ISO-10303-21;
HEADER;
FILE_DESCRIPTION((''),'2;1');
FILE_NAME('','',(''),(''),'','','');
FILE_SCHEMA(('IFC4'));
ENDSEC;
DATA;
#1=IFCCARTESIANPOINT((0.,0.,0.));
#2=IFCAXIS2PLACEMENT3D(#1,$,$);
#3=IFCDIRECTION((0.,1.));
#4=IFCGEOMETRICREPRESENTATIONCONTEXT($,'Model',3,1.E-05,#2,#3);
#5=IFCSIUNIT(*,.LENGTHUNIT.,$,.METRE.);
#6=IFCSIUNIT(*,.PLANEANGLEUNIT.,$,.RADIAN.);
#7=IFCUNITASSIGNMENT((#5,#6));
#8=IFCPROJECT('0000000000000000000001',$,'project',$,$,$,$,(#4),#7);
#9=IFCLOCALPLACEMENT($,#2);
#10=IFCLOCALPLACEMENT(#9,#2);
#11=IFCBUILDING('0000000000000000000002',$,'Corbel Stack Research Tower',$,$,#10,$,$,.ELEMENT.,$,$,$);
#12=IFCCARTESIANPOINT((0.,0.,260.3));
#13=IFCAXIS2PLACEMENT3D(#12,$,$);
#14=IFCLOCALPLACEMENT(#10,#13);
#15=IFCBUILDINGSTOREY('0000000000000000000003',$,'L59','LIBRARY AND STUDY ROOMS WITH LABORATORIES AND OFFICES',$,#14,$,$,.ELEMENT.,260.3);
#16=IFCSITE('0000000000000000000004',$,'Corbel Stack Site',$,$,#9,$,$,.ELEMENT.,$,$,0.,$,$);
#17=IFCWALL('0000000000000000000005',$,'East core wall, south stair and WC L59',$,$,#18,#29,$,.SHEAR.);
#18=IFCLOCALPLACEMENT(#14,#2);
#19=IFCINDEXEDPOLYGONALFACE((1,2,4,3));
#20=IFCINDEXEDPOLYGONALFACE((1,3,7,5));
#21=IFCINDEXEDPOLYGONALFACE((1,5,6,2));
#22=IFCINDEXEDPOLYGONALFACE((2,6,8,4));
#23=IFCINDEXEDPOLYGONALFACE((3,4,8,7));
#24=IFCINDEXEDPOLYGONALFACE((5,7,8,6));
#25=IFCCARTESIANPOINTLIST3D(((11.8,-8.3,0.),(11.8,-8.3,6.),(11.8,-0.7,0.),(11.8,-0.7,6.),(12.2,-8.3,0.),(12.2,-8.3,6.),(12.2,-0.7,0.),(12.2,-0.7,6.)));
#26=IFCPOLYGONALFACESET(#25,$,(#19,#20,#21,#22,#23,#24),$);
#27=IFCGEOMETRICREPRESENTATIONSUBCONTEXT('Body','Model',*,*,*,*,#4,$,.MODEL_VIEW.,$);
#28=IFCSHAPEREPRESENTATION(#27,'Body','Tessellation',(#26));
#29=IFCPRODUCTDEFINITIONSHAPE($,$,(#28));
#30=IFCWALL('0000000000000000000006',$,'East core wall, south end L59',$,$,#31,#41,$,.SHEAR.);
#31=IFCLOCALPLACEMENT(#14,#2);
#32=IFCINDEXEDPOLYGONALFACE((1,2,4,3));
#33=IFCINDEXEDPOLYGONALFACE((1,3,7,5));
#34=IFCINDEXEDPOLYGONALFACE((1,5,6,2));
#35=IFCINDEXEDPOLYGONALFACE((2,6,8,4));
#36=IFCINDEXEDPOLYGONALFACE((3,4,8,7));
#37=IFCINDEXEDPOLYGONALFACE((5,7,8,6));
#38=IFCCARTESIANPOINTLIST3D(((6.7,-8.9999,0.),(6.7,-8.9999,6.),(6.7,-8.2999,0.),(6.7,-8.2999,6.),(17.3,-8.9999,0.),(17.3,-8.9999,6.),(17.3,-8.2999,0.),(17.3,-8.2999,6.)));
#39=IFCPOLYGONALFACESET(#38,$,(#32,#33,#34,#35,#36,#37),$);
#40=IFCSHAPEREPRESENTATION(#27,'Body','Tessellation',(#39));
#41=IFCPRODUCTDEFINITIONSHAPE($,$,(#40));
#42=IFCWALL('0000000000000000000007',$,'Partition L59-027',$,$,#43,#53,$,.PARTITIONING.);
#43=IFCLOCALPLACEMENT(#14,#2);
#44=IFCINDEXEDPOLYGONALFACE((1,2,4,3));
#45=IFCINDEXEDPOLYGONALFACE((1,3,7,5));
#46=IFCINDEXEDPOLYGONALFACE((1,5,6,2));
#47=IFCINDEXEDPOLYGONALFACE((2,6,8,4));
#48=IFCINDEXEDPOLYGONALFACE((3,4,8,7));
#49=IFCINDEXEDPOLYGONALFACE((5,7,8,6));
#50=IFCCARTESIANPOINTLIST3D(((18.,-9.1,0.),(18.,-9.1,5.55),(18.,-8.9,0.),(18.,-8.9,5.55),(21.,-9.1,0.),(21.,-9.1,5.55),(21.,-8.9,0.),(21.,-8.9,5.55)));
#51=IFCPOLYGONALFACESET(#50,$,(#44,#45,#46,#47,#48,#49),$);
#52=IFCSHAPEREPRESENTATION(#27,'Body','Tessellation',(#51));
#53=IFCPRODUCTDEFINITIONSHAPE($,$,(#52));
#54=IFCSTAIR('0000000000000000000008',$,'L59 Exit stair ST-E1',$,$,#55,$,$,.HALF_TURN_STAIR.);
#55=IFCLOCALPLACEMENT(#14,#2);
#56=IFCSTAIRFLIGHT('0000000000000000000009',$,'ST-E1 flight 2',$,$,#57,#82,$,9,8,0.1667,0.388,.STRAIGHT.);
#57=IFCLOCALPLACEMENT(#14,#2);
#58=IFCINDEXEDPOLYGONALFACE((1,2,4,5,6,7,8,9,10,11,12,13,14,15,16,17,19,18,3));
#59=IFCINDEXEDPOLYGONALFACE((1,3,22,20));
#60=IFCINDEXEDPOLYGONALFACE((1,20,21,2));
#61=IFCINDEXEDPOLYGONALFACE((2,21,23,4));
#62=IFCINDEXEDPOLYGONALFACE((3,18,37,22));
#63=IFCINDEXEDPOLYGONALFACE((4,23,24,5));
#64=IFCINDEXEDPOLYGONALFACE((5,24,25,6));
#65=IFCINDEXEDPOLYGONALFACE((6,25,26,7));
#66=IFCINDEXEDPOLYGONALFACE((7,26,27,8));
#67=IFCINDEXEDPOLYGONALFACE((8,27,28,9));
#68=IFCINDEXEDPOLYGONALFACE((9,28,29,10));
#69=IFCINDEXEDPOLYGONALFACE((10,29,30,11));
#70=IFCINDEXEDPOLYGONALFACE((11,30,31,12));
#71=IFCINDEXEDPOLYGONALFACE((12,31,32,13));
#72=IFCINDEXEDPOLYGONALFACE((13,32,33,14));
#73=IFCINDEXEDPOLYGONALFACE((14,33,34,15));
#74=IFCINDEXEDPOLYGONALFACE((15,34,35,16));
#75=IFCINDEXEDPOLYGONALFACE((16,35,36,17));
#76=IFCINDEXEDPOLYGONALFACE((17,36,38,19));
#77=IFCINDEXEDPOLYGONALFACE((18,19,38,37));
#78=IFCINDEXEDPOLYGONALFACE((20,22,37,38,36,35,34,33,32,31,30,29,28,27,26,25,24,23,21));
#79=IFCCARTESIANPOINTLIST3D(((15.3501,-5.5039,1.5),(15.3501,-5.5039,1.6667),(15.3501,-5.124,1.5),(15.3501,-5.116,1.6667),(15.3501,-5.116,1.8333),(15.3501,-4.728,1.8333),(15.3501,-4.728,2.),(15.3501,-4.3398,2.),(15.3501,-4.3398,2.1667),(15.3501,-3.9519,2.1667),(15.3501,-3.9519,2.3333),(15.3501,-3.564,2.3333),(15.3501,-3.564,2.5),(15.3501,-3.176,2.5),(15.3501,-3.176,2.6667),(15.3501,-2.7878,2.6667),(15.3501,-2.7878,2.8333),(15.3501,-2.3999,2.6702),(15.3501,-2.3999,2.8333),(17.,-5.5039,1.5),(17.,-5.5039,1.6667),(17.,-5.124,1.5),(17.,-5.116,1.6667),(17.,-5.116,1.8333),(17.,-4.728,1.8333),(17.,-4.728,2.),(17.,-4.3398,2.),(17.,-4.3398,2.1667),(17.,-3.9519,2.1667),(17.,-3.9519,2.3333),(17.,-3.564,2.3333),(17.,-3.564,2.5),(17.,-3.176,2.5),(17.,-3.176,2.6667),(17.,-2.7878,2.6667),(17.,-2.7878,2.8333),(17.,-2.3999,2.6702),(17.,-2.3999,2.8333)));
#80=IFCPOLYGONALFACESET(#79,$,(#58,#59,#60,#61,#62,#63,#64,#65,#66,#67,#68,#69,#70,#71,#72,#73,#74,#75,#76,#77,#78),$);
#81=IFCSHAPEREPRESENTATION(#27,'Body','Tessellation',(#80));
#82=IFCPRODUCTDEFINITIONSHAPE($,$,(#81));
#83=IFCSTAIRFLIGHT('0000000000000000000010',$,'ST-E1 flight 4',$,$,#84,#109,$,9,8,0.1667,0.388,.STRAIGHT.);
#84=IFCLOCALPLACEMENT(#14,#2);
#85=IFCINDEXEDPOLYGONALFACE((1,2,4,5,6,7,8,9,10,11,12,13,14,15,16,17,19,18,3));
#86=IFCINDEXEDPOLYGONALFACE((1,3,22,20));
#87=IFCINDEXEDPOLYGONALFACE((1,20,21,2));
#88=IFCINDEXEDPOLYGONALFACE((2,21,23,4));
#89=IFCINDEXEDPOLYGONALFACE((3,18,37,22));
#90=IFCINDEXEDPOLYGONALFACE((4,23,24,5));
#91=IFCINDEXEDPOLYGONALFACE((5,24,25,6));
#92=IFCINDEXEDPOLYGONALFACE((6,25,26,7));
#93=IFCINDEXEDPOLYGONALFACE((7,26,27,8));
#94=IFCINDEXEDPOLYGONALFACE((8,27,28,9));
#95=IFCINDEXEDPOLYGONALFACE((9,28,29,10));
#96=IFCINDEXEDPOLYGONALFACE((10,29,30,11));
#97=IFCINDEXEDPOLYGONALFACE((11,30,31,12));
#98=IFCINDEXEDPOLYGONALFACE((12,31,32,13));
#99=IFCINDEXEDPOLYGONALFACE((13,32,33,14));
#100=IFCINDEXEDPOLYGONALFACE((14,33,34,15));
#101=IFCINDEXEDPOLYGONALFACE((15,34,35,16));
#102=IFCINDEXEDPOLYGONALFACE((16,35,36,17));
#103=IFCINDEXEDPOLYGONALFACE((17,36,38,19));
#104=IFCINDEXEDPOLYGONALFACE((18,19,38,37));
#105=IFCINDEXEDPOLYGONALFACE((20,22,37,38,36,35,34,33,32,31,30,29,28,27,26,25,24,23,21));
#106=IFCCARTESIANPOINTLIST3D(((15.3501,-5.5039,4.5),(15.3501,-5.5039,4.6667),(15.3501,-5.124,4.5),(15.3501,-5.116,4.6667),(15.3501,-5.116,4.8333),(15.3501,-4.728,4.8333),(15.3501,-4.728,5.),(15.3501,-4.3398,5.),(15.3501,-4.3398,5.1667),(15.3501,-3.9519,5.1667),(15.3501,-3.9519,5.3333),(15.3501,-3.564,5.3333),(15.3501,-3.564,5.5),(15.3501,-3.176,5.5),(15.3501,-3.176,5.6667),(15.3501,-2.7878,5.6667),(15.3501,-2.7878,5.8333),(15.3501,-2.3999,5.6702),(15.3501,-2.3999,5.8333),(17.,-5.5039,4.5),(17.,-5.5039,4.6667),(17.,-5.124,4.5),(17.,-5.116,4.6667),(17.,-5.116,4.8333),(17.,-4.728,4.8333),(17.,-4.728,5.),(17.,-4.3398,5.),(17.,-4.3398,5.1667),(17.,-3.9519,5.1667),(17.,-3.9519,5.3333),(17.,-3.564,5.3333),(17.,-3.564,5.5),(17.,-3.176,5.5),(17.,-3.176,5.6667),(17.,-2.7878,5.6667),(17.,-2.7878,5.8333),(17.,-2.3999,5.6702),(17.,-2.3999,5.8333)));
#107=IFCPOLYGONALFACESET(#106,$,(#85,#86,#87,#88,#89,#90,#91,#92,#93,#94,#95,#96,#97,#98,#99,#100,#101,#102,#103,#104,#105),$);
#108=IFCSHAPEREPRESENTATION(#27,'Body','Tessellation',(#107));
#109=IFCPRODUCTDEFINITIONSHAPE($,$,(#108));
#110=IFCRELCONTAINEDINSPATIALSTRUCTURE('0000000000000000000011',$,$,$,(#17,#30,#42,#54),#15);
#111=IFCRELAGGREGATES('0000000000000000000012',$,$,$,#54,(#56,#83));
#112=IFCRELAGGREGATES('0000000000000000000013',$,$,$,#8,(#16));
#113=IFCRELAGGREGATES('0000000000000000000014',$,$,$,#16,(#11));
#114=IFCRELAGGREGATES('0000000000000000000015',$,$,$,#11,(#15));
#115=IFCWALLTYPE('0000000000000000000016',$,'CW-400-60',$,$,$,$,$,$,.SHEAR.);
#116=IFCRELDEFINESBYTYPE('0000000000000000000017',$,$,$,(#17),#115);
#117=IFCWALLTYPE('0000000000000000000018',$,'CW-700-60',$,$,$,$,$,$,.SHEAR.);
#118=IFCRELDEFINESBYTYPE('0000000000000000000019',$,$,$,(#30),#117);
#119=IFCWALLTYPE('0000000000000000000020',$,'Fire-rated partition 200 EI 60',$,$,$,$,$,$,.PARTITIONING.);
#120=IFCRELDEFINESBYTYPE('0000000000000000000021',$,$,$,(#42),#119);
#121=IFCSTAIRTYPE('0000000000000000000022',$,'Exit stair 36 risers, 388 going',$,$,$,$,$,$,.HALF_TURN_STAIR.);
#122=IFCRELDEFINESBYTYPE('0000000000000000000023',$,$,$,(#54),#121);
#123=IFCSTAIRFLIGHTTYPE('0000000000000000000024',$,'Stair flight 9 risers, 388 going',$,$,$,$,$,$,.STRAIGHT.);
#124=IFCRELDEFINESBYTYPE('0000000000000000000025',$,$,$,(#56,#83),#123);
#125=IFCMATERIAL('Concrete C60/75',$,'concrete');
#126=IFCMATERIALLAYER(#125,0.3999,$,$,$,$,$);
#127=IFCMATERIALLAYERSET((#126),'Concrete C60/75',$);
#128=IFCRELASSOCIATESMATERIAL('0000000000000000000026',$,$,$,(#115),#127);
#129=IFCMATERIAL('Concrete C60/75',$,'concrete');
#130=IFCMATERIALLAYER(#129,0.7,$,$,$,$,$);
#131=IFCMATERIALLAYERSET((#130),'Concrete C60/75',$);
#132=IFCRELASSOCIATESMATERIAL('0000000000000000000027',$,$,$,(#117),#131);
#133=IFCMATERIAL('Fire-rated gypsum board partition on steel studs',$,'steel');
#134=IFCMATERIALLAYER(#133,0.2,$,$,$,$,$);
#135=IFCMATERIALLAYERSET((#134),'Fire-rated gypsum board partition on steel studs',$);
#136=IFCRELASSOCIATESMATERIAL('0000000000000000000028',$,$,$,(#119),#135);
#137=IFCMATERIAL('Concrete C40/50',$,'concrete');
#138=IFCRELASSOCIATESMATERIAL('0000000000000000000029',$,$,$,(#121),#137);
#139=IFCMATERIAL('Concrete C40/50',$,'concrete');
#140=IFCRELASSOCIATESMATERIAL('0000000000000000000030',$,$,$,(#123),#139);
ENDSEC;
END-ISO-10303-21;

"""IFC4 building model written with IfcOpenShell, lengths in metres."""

from ifc_helpers import new_model, si_unit, direction, frame, frame_2d, origin, place, context, subcontext, project, spatial, polyline, rectangle, outline, extrude, material, layer, layer_set, type_object, element, aggregate, save


model = new_model("IFC4")

# Units and contexts
model_context = context("Model", 3, precision=1e-05, world=origin(), true_north=direction((0.0, 1.0)))
body_context = subcontext(model_context, "Body", "Model", "MODEL_VIEW")
ifc_project = project(units=[si_unit("LENGTHUNIT", "METRE"), si_unit("PLANEANGLEUNIT", "RADIAN")], contexts=[model_context])

# Site, building, storey
site_placement = place(None, origin())
site = spatial("IfcSite", under=ifc_project, at=site_placement, Name="Corbel Stack Site", CompositionType="ELEMENT", RefElevation=0.0)
building_placement = place(site_placement, origin())
building = spatial("IfcBuilding", under=site, at=building_placement, Name="Corbel Stack Research Tower", CompositionType="ELEMENT")
storey_placement = place(building_placement, frame((0.0, 0.0, 260.3)))
storey = spatial("IfcBuildingStorey", under=building, at=storey_placement, Name="L59", Description="LIBRARY AND STUDY ROOMS WITH LABORATORIES AND OFFICES", CompositionType="ELEMENT", Elevation=260.3)

# Walls
ifc_material_1 = material(Name="Concrete C60/75", Category="concrete")
ifc_layer_1 = layer(ifc_material_1, 0.3999)
ifc_layer_set_1 = layer_set([ifc_layer_1], Name="Concrete C60/75")
wall_type_1 = type_object("IfcWallType", Name="CW-400-60", PredefinedType="SHEAR", material=ifc_layer_set_1)
wall_1_placement = place(storey_placement, frame((12.0, -8.3, 0.0), z_axis=(0.0, 0.0, 1.0), x_axis=(0.0, 1.0, 0.0)))
element("IfcWall", 1, at=wall_1_placement, inside=storey, type_object=wall_type_1, Name="East core wall, south stair and WC L59", PredefinedType="SHEAR", context=body_context, shape_type="SweptSolid", body=[
    extrude(rectangle(XDim=7.6001, YDim=0.3999, at=frame_2d((3.8, 0.0))), origin(), (0.0, 0.0, 1.0), 6.0),
])
ifc_material_2 = material(Name="Concrete C60/75", Category="concrete")
ifc_layer_2 = layer(ifc_material_2, 0.7)
ifc_layer_set_2 = layer_set([ifc_layer_2], Name="Concrete C60/75")
wall_type_2 = type_object("IfcWallType", Name="CW-700-60", PredefinedType="SHEAR", material=ifc_layer_set_2)
wall_2_placement = place(storey_placement, frame((6.7, -8.6499, 0.0), z_axis=(0.0, 0.0, 1.0), x_axis=(1.0, 0.0, 0.0)))
element("IfcWall", 2, at=wall_2_placement, inside=storey, type_object=wall_type_2, Name="East core wall, south end L59", PredefinedType="SHEAR", context=body_context, shape_type="SweptSolid", body=[
    extrude(rectangle(XDim=10.6001, YDim=0.7, at=frame_2d((5.3, 0.0))), origin(), (0.0, 0.0, 1.0), 6.0),
])
ifc_material_3 = material(Name="Fire-rated gypsum board partition on steel studs", Category="steel")
ifc_layer_3 = layer(ifc_material_3, 0.2)
ifc_layer_set_3 = layer_set([ifc_layer_3], Name="Fire-rated gypsum board partition on steel studs")
wall_type_3 = type_object("IfcWallType", Name="Fire-rated partition 200 EI 60", PredefinedType="PARTITIONING", material=ifc_layer_set_3)
wall_3_placement = place(storey_placement, frame((18.0, -9.0, 0.0), z_axis=(0.0, 0.0, 1.0), x_axis=(1.0, 0.0, 0.0)))
element("IfcWall", 3, at=wall_3_placement, inside=storey, type_object=wall_type_3, Name="Partition L59-027", PredefinedType="PARTITIONING", context=body_context, shape_type="SweptSolid", body=[
    extrude(rectangle(XDim=3.0, YDim=0.2, at=frame_2d((1.5, 0.0))), origin(), (0.0, 0.0, 1.0), 5.55),
])

# Stair, stair flights
ifc_material_4 = material(Name="Concrete C40/50", Category="concrete")
stair_type = type_object("IfcStairType", Name="Exit stair 36 risers, 388 going", PredefinedType="HALF_TURN_STAIR", material=ifc_material_4)
stair_placement = place(storey_placement, origin())
stair = element("IfcStair", 4, at=stair_placement, inside=storey, type_object=stair_type, Name="L59 Exit stair ST-E1", PredefinedType="HALF_TURN_STAIR")
ifc_material_5 = material(Name="Concrete C40/50", Category="concrete")
stair_flight_type = type_object("IfcStairFlightType", Name="Stair flight 9 risers, 388 going", PredefinedType="STRAIGHT", material=ifc_material_5)
stair_flight_1_placement = place(storey_placement, frame((16.175, -5.5039, 1.5), z_axis=(0.0, 0.0, 1.0), x_axis=(0.0, 1.0, 0.0)))
stair_flight_1 = element("IfcStairFlight", 5, at=stair_flight_1_placement, type_object=stair_flight_type, Name="ST-E1 flight 2", NumberOfRisers=9, NumberOfTreads=8, PredefinedType="STRAIGHT", RiserHeight=0.1667, TreadLength=0.388, context=body_context, shape_type="SweptSolid", body=[
    extrude(outline(polyline([(0.0, 0.0), (0.0, 0.1667), (0.3879, 0.1667), (0.3879, 0.3333), (0.7759, 0.3333), (0.7759, 0.5), (1.1641, 0.5), (1.1641, 0.6667), (1.552, 0.6667), (1.552, 0.8333), (1.9399, 0.8333), (1.9399, 1.0), (2.3279, 1.0), (2.3279, 1.1667), (2.7161, 1.1667), (2.7161, 1.3333), (3.104, 1.3333), (3.104, 1.5), (3.104, 1.1702), (0.3799, 0.0), (0.0, 0.0)])), frame((0.0, 0.825, 0.0), z_axis=(0.0, -1.0, 0.0), x_axis=(1.0, 0.0, 0.0)), (0.0, 0.0, 1.0), 1.6499),
])
stair_flight_2_placement = place(storey_placement, frame((16.175, -5.5039, 4.5), z_axis=(0.0, 0.0, 1.0), x_axis=(0.0, 1.0, 0.0)))
stair_flight_2 = element("IfcStairFlight", 6, at=stair_flight_2_placement, type_object=stair_flight_type, Name="ST-E1 flight 4", NumberOfRisers=9, NumberOfTreads=8, PredefinedType="STRAIGHT", RiserHeight=0.1667, TreadLength=0.388, context=body_context, shape_type="SweptSolid", body=[
    extrude(outline(polyline([(0.0, 0.0), (0.0, 0.1667), (0.3879, 0.1667), (0.3879, 0.3333), (0.7759, 0.3333), (0.7759, 0.5), (1.1641, 0.5), (1.1641, 0.6667), (1.552, 0.6667), (1.552, 0.8333), (1.9399, 0.8333), (1.9399, 1.0), (2.3279, 1.0), (2.3279, 1.1667), (2.7161, 1.1667), (2.7161, 1.3333), (3.104, 1.3333), (3.104, 1.5), (3.104, 1.1702), (0.3799, 0.0), (0.0, 0.0)])), frame((0.0, 0.825, 0.0), z_axis=(0.0, -1.0, 0.0), x_axis=(1.0, 0.0, 0.0)), (0.0, 0.0, 1.0), 1.6499),
])
aggregate(stair, [stair_flight_1, stair_flight_2])

save(model, "model.ifc")
